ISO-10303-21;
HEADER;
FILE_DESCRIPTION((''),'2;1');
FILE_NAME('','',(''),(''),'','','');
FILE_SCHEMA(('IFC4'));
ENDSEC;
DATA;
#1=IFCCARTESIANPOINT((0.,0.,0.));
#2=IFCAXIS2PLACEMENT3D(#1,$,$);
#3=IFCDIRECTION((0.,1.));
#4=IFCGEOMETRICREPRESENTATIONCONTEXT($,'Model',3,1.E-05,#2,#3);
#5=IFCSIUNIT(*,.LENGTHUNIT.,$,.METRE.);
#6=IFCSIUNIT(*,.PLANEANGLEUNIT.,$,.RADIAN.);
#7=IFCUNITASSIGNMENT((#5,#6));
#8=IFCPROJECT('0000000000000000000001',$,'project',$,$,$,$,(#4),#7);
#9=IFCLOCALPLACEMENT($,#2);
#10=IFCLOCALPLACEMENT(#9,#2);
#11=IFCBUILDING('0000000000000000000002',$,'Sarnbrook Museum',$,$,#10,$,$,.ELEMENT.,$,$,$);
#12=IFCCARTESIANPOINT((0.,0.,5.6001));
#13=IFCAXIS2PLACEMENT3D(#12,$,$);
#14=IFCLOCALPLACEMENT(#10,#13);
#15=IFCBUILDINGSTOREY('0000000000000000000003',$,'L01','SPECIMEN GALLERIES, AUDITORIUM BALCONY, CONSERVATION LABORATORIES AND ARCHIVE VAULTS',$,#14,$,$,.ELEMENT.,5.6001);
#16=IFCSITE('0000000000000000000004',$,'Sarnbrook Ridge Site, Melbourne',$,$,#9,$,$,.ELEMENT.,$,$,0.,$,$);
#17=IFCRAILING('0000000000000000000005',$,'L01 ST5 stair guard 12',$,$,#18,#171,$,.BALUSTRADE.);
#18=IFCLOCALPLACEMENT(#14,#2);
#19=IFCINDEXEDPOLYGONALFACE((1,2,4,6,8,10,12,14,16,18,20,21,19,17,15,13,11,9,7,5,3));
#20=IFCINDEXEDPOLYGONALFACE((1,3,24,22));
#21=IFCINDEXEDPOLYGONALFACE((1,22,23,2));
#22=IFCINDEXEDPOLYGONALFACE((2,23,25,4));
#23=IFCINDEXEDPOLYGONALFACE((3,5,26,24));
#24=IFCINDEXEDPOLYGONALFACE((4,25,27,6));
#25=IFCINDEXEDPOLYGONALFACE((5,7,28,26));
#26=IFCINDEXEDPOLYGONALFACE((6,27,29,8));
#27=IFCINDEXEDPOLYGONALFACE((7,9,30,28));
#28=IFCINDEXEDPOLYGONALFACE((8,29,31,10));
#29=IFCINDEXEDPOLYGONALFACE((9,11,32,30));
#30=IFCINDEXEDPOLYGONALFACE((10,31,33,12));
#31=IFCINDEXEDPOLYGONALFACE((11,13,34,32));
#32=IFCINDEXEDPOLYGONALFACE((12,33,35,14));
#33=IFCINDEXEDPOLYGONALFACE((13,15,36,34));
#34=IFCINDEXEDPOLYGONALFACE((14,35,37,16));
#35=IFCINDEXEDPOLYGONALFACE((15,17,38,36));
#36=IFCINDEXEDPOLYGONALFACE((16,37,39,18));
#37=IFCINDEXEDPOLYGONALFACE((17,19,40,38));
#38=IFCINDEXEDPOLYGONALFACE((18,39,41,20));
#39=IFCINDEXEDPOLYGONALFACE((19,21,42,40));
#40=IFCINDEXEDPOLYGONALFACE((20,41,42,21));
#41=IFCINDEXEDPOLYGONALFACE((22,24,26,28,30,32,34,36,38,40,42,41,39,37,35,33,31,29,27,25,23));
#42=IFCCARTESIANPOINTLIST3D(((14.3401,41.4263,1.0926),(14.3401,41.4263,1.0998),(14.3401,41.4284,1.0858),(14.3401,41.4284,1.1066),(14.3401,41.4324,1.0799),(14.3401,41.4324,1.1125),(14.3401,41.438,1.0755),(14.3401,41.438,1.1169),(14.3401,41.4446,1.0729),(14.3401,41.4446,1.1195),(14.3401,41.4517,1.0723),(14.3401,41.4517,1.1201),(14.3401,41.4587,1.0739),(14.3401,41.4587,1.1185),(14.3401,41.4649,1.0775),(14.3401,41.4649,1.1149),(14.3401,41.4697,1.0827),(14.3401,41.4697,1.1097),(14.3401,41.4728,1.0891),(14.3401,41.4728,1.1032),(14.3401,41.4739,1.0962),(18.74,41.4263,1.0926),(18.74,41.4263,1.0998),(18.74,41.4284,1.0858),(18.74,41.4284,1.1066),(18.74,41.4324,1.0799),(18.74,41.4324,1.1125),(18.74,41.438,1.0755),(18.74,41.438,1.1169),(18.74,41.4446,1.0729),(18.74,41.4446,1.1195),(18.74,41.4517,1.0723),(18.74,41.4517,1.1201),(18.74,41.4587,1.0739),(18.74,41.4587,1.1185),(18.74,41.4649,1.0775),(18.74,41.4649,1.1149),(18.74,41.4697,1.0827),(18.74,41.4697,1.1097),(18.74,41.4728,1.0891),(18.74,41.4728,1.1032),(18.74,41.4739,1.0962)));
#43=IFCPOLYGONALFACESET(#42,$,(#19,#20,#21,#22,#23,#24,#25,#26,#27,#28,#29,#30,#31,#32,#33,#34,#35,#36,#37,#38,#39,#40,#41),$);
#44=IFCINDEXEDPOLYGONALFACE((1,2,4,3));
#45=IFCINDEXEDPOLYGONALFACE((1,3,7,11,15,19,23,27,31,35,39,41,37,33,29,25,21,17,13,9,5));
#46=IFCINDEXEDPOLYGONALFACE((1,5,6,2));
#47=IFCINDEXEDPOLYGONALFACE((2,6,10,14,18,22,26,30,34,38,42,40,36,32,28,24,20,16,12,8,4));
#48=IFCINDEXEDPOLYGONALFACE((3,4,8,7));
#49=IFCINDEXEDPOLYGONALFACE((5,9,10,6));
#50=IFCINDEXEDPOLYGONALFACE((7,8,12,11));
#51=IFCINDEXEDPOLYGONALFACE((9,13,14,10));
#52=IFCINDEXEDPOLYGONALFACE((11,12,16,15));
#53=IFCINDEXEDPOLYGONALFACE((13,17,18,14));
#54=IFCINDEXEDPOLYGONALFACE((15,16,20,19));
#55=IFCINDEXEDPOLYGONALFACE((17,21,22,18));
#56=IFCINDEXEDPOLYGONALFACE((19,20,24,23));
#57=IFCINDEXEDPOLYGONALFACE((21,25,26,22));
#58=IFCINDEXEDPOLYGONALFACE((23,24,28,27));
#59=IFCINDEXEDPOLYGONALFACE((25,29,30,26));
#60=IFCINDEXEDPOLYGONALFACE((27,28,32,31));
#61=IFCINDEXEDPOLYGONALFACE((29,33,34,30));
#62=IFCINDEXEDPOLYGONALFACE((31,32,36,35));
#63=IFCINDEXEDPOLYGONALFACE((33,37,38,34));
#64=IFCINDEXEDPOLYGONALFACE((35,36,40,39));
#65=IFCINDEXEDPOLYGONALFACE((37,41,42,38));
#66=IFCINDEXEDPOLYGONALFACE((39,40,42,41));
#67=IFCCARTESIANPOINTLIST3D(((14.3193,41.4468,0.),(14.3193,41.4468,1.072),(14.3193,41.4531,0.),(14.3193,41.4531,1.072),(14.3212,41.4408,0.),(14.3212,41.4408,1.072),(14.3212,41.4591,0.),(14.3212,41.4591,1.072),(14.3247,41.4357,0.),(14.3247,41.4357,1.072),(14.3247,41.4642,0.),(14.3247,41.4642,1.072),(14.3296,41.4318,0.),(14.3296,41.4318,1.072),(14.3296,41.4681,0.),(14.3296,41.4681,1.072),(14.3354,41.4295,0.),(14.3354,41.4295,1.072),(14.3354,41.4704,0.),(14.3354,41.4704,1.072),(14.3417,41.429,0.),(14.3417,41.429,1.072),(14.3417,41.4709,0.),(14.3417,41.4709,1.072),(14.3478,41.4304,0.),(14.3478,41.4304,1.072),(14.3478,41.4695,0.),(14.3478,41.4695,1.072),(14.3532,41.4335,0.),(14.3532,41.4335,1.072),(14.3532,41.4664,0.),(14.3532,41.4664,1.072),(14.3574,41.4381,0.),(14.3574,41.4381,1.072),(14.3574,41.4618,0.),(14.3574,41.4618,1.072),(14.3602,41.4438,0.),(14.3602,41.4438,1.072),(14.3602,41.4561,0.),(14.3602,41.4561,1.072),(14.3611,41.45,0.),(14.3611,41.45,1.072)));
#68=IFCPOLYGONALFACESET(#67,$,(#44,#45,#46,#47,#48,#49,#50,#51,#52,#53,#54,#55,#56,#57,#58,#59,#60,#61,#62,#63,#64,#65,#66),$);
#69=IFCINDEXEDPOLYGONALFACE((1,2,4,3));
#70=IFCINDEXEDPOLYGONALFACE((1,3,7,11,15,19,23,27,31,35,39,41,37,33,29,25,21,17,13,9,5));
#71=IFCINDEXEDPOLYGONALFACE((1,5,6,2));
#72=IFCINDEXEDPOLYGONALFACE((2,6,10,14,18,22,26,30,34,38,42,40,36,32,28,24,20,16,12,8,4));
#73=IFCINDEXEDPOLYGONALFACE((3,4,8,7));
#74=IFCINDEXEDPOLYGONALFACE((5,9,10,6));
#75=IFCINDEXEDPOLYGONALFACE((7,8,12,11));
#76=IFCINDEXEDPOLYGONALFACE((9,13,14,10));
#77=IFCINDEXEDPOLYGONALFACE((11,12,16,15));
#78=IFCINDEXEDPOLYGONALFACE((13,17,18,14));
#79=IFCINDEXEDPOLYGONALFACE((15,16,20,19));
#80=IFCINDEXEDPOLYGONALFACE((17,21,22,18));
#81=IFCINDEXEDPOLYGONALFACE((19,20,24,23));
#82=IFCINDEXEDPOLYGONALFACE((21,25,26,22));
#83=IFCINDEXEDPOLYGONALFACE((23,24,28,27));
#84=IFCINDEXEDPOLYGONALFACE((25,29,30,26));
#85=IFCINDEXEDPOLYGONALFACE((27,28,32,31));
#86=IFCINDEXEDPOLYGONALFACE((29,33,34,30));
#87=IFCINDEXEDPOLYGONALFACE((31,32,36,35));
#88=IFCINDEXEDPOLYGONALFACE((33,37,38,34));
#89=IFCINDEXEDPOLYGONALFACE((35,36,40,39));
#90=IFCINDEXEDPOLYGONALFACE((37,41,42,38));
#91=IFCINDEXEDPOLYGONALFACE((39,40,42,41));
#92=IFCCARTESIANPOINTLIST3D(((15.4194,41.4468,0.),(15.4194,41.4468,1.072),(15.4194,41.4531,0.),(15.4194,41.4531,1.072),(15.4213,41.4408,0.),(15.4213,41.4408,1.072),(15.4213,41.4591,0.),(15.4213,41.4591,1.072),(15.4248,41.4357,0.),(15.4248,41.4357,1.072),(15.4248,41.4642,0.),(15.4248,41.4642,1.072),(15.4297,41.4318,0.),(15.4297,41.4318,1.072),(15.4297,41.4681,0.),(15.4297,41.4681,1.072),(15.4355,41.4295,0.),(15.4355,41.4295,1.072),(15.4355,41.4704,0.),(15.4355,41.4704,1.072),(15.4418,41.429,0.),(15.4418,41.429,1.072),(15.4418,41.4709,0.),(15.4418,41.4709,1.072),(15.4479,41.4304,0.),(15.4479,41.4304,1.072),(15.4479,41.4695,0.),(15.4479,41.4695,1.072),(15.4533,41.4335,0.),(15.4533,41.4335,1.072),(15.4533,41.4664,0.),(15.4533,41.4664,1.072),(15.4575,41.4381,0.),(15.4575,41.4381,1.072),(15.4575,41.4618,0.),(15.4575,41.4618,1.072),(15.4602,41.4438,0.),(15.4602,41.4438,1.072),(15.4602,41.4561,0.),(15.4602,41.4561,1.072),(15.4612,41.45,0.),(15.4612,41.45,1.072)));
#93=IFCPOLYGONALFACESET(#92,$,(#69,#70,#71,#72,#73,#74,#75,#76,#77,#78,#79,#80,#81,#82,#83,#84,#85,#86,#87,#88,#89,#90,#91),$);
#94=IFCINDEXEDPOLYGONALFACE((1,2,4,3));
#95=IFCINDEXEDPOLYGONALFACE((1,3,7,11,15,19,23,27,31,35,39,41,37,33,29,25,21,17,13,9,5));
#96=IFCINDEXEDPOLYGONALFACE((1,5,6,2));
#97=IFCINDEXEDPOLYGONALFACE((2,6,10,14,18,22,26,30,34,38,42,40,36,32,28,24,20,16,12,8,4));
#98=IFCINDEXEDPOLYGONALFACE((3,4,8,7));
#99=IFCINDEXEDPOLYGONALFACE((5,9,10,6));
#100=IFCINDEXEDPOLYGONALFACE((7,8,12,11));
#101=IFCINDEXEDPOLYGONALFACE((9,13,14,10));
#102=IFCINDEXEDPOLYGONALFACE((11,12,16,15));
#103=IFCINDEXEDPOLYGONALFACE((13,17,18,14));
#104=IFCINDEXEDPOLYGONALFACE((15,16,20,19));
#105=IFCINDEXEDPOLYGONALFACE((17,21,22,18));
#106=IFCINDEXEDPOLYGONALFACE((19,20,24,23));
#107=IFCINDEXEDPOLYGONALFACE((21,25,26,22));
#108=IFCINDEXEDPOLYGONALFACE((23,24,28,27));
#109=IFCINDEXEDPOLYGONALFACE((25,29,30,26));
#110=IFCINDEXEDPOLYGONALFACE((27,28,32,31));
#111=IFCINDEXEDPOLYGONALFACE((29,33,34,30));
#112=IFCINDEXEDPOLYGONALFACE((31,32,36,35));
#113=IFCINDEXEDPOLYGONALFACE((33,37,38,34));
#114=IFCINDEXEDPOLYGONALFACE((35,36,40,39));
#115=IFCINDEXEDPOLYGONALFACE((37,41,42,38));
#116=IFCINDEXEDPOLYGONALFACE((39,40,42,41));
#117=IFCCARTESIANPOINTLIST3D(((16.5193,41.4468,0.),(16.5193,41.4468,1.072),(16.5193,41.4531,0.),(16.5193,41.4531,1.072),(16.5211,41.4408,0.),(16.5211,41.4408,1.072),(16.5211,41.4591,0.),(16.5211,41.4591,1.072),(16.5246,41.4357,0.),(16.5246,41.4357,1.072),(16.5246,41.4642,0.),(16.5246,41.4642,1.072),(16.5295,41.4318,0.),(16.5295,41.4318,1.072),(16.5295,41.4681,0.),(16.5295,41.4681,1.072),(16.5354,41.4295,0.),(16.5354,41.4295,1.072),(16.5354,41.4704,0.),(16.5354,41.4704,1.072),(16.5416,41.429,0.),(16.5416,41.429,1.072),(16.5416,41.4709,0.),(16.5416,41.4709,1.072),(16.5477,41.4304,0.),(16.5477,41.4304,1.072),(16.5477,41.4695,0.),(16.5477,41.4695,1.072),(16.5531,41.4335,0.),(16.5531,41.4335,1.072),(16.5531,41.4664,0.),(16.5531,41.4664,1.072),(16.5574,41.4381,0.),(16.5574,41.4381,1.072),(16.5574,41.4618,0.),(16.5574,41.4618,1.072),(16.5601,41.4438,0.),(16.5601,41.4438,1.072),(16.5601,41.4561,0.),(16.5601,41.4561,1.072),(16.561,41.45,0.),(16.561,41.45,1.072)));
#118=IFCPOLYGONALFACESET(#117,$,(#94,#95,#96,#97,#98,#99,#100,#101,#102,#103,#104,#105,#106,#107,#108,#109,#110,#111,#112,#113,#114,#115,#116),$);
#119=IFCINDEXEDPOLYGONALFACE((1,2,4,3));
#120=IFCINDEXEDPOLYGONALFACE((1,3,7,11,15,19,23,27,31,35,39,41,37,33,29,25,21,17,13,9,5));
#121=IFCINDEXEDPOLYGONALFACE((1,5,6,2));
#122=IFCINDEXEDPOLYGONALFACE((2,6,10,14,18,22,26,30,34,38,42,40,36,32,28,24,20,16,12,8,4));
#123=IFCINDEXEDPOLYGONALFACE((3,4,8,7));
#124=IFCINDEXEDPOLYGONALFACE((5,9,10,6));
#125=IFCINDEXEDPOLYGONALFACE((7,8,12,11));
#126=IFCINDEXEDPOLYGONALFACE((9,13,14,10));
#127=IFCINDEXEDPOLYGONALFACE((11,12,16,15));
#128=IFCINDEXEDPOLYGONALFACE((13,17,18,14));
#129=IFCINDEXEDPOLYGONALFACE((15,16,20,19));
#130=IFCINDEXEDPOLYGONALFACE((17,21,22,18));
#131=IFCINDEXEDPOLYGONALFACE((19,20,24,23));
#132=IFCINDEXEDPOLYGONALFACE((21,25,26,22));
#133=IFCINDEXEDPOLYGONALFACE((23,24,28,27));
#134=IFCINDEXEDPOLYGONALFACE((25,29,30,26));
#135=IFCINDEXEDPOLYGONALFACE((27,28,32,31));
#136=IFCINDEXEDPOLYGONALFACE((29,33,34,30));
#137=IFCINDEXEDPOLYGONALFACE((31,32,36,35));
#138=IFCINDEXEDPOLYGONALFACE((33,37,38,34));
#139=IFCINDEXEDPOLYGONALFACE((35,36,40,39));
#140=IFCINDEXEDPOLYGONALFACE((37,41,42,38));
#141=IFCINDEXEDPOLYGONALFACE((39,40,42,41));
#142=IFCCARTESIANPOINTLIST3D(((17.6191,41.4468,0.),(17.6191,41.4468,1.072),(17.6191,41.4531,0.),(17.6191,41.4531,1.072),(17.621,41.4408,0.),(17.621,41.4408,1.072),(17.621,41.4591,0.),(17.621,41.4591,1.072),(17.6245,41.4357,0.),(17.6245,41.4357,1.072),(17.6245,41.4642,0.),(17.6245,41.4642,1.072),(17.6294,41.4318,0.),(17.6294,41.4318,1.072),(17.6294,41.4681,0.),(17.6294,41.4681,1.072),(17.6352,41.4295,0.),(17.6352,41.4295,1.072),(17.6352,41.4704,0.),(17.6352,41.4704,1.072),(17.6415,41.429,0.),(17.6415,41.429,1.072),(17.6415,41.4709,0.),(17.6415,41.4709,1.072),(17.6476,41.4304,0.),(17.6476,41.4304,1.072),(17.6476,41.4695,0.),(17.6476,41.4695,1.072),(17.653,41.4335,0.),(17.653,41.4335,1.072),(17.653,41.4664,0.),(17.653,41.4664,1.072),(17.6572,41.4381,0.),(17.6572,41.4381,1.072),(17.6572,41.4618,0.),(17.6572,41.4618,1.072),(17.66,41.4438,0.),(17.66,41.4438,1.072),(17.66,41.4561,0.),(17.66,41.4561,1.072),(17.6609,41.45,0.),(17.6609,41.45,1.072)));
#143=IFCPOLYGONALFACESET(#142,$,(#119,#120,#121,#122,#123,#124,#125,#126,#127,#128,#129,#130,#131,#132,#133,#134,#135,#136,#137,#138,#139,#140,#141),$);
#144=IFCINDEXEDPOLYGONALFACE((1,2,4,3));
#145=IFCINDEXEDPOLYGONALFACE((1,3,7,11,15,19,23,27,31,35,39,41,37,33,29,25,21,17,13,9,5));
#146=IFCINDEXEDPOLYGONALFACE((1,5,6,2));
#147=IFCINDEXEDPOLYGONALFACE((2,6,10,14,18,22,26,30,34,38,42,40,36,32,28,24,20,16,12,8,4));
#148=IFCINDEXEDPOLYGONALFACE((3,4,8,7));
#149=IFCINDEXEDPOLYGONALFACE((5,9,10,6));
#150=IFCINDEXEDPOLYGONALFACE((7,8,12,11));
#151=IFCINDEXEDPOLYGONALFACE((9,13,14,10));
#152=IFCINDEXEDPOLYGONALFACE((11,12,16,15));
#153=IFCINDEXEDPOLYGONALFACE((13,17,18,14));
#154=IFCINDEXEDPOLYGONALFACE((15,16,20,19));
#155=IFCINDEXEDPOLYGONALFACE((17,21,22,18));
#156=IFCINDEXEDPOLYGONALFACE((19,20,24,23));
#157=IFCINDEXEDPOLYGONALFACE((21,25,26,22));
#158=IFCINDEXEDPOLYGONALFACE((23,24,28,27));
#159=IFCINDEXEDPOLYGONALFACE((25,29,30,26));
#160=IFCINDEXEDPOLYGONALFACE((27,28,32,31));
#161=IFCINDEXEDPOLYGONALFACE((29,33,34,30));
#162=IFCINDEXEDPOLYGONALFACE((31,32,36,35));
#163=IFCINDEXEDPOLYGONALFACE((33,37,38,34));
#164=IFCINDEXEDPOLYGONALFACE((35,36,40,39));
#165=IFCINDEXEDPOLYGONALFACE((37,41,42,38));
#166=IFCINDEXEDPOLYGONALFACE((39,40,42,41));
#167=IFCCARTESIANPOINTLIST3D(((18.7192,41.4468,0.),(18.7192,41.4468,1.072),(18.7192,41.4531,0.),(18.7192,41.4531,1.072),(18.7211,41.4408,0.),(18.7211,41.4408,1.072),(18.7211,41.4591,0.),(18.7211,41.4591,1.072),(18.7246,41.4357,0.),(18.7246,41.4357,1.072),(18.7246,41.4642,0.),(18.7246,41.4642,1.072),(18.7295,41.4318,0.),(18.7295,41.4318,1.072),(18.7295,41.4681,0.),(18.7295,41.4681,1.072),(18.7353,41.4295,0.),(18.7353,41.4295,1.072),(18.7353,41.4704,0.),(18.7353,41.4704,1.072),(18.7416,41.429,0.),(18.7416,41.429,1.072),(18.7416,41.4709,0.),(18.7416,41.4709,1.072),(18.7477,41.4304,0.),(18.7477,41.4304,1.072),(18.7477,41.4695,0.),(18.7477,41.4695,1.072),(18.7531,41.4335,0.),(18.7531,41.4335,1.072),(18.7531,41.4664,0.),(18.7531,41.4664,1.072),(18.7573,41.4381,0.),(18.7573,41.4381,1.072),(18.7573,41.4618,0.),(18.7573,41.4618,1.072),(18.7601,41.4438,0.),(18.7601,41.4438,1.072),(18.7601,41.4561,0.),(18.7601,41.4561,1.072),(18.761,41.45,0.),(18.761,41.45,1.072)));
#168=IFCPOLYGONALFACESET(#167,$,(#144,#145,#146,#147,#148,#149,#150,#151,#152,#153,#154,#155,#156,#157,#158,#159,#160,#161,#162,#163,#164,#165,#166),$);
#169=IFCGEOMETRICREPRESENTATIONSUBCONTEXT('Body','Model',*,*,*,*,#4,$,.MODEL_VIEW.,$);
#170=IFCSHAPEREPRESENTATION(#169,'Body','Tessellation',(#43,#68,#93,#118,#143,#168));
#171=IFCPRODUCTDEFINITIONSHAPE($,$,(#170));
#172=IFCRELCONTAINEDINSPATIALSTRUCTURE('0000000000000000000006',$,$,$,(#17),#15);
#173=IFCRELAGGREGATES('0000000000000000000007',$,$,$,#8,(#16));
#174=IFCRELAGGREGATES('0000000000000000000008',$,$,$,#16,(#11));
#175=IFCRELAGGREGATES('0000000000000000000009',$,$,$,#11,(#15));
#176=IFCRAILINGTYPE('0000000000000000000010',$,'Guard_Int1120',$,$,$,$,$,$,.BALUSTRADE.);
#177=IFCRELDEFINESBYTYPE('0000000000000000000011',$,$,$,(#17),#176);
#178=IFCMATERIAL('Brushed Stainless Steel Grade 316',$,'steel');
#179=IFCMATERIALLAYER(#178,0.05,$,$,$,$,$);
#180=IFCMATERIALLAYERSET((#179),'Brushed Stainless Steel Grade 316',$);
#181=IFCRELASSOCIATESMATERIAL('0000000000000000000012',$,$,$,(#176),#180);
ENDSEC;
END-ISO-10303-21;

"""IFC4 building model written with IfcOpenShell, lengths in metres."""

from ifc_helpers import new_model, si_unit, direction, frame, origin, origin_2d, place, context, subcontext, project, spatial, circle, extrude, material, layer, layer_set, type_object, element, save


model = new_model("IFC4")

# Units and contexts
model_context = context("Model", 3, precision=1e-05, world=origin(), true_north=direction((0.0, 1.0)))
body_context = subcontext(model_context, "Body", "Model", "MODEL_VIEW")
ifc_project = project(units=[si_unit("LENGTHUNIT", "METRE"), si_unit("PLANEANGLEUNIT", "RADIAN")], contexts=[model_context])

# Site, building, storey
site_placement = place(None, origin())
site = spatial("IfcSite", under=ifc_project, at=site_placement, Name="Sarnbrook Ridge Site, Melbourne", CompositionType="ELEMENT", RefElevation=0.0)
building_placement = place(site_placement, origin())
building = spatial("IfcBuilding", under=site, at=building_placement, Name="Sarnbrook Museum", CompositionType="ELEMENT")
storey_placement = place(building_placement, frame((0.0, 0.0, 5.6001)))
storey = spatial("IfcBuildingStorey", under=building, at=storey_placement, Name="L01", Description="SPECIMEN GALLERIES, AUDITORIUM BALCONY, CONSERVATION LABORATORIES AND ARCHIVE VAULTS", CompositionType="ELEMENT", Elevation=5.6001)

# Railing
ifc_material_1 = material(Name="Brushed Stainless Steel Grade 316", Category="steel")
ifc_layer_1 = layer(ifc_material_1, 0.05)
ifc_layer_set_1 = layer_set([ifc_layer_1], Name="Brushed Stainless Steel Grade 316")
railing_type = type_object("IfcRailingType", Name="Guard_Int1120", PredefinedType="BALUSTRADE", material=ifc_layer_set_1)
railing_1_placement = place(storey_placement, frame((14.3401, 41.45, 0.0)))
element("IfcRailing", 1, at=railing_1_placement, inside=storey, type_object=railing_type, Name="L01 ST5 stair guard 12", PredefinedType="BALUSTRADE", context=body_context, shape_type="SweptSolid", body=[
    extrude(circle(Radius=0.0239, at=origin_2d()), frame((0.0, 0.0, 1.0962), z_axis=(1.0, 0.0, 0.0), x_axis=(0.0, 1.0, 0.0)), (0.0, 0.0, 1.0), 4.3999),
    extrude(circle(Radius=0.021, at=origin_2d()), origin(), (0.0, 0.0, 1.0), 1.072),
    extrude(circle(Radius=0.021, at=origin_2d()), frame((1.1001, 0.0, 0.0)), (0.0, 0.0, 1.0), 1.072),
    extrude(circle(Radius=0.021, at=origin_2d()), frame((2.2, 0.0, 0.0)), (0.0, 0.0, 1.0), 1.072),
    extrude(circle(Radius=0.021, at=origin_2d()), frame((3.2998, 0.0, 0.0)), (0.0, 0.0, 1.0), 1.072),
    extrude(circle(Radius=0.021, at=origin_2d()), frame((4.3999, 0.0, 0.0)), (0.0, 0.0, 1.0), 1.072),
])

save(model, "model.ifc")
